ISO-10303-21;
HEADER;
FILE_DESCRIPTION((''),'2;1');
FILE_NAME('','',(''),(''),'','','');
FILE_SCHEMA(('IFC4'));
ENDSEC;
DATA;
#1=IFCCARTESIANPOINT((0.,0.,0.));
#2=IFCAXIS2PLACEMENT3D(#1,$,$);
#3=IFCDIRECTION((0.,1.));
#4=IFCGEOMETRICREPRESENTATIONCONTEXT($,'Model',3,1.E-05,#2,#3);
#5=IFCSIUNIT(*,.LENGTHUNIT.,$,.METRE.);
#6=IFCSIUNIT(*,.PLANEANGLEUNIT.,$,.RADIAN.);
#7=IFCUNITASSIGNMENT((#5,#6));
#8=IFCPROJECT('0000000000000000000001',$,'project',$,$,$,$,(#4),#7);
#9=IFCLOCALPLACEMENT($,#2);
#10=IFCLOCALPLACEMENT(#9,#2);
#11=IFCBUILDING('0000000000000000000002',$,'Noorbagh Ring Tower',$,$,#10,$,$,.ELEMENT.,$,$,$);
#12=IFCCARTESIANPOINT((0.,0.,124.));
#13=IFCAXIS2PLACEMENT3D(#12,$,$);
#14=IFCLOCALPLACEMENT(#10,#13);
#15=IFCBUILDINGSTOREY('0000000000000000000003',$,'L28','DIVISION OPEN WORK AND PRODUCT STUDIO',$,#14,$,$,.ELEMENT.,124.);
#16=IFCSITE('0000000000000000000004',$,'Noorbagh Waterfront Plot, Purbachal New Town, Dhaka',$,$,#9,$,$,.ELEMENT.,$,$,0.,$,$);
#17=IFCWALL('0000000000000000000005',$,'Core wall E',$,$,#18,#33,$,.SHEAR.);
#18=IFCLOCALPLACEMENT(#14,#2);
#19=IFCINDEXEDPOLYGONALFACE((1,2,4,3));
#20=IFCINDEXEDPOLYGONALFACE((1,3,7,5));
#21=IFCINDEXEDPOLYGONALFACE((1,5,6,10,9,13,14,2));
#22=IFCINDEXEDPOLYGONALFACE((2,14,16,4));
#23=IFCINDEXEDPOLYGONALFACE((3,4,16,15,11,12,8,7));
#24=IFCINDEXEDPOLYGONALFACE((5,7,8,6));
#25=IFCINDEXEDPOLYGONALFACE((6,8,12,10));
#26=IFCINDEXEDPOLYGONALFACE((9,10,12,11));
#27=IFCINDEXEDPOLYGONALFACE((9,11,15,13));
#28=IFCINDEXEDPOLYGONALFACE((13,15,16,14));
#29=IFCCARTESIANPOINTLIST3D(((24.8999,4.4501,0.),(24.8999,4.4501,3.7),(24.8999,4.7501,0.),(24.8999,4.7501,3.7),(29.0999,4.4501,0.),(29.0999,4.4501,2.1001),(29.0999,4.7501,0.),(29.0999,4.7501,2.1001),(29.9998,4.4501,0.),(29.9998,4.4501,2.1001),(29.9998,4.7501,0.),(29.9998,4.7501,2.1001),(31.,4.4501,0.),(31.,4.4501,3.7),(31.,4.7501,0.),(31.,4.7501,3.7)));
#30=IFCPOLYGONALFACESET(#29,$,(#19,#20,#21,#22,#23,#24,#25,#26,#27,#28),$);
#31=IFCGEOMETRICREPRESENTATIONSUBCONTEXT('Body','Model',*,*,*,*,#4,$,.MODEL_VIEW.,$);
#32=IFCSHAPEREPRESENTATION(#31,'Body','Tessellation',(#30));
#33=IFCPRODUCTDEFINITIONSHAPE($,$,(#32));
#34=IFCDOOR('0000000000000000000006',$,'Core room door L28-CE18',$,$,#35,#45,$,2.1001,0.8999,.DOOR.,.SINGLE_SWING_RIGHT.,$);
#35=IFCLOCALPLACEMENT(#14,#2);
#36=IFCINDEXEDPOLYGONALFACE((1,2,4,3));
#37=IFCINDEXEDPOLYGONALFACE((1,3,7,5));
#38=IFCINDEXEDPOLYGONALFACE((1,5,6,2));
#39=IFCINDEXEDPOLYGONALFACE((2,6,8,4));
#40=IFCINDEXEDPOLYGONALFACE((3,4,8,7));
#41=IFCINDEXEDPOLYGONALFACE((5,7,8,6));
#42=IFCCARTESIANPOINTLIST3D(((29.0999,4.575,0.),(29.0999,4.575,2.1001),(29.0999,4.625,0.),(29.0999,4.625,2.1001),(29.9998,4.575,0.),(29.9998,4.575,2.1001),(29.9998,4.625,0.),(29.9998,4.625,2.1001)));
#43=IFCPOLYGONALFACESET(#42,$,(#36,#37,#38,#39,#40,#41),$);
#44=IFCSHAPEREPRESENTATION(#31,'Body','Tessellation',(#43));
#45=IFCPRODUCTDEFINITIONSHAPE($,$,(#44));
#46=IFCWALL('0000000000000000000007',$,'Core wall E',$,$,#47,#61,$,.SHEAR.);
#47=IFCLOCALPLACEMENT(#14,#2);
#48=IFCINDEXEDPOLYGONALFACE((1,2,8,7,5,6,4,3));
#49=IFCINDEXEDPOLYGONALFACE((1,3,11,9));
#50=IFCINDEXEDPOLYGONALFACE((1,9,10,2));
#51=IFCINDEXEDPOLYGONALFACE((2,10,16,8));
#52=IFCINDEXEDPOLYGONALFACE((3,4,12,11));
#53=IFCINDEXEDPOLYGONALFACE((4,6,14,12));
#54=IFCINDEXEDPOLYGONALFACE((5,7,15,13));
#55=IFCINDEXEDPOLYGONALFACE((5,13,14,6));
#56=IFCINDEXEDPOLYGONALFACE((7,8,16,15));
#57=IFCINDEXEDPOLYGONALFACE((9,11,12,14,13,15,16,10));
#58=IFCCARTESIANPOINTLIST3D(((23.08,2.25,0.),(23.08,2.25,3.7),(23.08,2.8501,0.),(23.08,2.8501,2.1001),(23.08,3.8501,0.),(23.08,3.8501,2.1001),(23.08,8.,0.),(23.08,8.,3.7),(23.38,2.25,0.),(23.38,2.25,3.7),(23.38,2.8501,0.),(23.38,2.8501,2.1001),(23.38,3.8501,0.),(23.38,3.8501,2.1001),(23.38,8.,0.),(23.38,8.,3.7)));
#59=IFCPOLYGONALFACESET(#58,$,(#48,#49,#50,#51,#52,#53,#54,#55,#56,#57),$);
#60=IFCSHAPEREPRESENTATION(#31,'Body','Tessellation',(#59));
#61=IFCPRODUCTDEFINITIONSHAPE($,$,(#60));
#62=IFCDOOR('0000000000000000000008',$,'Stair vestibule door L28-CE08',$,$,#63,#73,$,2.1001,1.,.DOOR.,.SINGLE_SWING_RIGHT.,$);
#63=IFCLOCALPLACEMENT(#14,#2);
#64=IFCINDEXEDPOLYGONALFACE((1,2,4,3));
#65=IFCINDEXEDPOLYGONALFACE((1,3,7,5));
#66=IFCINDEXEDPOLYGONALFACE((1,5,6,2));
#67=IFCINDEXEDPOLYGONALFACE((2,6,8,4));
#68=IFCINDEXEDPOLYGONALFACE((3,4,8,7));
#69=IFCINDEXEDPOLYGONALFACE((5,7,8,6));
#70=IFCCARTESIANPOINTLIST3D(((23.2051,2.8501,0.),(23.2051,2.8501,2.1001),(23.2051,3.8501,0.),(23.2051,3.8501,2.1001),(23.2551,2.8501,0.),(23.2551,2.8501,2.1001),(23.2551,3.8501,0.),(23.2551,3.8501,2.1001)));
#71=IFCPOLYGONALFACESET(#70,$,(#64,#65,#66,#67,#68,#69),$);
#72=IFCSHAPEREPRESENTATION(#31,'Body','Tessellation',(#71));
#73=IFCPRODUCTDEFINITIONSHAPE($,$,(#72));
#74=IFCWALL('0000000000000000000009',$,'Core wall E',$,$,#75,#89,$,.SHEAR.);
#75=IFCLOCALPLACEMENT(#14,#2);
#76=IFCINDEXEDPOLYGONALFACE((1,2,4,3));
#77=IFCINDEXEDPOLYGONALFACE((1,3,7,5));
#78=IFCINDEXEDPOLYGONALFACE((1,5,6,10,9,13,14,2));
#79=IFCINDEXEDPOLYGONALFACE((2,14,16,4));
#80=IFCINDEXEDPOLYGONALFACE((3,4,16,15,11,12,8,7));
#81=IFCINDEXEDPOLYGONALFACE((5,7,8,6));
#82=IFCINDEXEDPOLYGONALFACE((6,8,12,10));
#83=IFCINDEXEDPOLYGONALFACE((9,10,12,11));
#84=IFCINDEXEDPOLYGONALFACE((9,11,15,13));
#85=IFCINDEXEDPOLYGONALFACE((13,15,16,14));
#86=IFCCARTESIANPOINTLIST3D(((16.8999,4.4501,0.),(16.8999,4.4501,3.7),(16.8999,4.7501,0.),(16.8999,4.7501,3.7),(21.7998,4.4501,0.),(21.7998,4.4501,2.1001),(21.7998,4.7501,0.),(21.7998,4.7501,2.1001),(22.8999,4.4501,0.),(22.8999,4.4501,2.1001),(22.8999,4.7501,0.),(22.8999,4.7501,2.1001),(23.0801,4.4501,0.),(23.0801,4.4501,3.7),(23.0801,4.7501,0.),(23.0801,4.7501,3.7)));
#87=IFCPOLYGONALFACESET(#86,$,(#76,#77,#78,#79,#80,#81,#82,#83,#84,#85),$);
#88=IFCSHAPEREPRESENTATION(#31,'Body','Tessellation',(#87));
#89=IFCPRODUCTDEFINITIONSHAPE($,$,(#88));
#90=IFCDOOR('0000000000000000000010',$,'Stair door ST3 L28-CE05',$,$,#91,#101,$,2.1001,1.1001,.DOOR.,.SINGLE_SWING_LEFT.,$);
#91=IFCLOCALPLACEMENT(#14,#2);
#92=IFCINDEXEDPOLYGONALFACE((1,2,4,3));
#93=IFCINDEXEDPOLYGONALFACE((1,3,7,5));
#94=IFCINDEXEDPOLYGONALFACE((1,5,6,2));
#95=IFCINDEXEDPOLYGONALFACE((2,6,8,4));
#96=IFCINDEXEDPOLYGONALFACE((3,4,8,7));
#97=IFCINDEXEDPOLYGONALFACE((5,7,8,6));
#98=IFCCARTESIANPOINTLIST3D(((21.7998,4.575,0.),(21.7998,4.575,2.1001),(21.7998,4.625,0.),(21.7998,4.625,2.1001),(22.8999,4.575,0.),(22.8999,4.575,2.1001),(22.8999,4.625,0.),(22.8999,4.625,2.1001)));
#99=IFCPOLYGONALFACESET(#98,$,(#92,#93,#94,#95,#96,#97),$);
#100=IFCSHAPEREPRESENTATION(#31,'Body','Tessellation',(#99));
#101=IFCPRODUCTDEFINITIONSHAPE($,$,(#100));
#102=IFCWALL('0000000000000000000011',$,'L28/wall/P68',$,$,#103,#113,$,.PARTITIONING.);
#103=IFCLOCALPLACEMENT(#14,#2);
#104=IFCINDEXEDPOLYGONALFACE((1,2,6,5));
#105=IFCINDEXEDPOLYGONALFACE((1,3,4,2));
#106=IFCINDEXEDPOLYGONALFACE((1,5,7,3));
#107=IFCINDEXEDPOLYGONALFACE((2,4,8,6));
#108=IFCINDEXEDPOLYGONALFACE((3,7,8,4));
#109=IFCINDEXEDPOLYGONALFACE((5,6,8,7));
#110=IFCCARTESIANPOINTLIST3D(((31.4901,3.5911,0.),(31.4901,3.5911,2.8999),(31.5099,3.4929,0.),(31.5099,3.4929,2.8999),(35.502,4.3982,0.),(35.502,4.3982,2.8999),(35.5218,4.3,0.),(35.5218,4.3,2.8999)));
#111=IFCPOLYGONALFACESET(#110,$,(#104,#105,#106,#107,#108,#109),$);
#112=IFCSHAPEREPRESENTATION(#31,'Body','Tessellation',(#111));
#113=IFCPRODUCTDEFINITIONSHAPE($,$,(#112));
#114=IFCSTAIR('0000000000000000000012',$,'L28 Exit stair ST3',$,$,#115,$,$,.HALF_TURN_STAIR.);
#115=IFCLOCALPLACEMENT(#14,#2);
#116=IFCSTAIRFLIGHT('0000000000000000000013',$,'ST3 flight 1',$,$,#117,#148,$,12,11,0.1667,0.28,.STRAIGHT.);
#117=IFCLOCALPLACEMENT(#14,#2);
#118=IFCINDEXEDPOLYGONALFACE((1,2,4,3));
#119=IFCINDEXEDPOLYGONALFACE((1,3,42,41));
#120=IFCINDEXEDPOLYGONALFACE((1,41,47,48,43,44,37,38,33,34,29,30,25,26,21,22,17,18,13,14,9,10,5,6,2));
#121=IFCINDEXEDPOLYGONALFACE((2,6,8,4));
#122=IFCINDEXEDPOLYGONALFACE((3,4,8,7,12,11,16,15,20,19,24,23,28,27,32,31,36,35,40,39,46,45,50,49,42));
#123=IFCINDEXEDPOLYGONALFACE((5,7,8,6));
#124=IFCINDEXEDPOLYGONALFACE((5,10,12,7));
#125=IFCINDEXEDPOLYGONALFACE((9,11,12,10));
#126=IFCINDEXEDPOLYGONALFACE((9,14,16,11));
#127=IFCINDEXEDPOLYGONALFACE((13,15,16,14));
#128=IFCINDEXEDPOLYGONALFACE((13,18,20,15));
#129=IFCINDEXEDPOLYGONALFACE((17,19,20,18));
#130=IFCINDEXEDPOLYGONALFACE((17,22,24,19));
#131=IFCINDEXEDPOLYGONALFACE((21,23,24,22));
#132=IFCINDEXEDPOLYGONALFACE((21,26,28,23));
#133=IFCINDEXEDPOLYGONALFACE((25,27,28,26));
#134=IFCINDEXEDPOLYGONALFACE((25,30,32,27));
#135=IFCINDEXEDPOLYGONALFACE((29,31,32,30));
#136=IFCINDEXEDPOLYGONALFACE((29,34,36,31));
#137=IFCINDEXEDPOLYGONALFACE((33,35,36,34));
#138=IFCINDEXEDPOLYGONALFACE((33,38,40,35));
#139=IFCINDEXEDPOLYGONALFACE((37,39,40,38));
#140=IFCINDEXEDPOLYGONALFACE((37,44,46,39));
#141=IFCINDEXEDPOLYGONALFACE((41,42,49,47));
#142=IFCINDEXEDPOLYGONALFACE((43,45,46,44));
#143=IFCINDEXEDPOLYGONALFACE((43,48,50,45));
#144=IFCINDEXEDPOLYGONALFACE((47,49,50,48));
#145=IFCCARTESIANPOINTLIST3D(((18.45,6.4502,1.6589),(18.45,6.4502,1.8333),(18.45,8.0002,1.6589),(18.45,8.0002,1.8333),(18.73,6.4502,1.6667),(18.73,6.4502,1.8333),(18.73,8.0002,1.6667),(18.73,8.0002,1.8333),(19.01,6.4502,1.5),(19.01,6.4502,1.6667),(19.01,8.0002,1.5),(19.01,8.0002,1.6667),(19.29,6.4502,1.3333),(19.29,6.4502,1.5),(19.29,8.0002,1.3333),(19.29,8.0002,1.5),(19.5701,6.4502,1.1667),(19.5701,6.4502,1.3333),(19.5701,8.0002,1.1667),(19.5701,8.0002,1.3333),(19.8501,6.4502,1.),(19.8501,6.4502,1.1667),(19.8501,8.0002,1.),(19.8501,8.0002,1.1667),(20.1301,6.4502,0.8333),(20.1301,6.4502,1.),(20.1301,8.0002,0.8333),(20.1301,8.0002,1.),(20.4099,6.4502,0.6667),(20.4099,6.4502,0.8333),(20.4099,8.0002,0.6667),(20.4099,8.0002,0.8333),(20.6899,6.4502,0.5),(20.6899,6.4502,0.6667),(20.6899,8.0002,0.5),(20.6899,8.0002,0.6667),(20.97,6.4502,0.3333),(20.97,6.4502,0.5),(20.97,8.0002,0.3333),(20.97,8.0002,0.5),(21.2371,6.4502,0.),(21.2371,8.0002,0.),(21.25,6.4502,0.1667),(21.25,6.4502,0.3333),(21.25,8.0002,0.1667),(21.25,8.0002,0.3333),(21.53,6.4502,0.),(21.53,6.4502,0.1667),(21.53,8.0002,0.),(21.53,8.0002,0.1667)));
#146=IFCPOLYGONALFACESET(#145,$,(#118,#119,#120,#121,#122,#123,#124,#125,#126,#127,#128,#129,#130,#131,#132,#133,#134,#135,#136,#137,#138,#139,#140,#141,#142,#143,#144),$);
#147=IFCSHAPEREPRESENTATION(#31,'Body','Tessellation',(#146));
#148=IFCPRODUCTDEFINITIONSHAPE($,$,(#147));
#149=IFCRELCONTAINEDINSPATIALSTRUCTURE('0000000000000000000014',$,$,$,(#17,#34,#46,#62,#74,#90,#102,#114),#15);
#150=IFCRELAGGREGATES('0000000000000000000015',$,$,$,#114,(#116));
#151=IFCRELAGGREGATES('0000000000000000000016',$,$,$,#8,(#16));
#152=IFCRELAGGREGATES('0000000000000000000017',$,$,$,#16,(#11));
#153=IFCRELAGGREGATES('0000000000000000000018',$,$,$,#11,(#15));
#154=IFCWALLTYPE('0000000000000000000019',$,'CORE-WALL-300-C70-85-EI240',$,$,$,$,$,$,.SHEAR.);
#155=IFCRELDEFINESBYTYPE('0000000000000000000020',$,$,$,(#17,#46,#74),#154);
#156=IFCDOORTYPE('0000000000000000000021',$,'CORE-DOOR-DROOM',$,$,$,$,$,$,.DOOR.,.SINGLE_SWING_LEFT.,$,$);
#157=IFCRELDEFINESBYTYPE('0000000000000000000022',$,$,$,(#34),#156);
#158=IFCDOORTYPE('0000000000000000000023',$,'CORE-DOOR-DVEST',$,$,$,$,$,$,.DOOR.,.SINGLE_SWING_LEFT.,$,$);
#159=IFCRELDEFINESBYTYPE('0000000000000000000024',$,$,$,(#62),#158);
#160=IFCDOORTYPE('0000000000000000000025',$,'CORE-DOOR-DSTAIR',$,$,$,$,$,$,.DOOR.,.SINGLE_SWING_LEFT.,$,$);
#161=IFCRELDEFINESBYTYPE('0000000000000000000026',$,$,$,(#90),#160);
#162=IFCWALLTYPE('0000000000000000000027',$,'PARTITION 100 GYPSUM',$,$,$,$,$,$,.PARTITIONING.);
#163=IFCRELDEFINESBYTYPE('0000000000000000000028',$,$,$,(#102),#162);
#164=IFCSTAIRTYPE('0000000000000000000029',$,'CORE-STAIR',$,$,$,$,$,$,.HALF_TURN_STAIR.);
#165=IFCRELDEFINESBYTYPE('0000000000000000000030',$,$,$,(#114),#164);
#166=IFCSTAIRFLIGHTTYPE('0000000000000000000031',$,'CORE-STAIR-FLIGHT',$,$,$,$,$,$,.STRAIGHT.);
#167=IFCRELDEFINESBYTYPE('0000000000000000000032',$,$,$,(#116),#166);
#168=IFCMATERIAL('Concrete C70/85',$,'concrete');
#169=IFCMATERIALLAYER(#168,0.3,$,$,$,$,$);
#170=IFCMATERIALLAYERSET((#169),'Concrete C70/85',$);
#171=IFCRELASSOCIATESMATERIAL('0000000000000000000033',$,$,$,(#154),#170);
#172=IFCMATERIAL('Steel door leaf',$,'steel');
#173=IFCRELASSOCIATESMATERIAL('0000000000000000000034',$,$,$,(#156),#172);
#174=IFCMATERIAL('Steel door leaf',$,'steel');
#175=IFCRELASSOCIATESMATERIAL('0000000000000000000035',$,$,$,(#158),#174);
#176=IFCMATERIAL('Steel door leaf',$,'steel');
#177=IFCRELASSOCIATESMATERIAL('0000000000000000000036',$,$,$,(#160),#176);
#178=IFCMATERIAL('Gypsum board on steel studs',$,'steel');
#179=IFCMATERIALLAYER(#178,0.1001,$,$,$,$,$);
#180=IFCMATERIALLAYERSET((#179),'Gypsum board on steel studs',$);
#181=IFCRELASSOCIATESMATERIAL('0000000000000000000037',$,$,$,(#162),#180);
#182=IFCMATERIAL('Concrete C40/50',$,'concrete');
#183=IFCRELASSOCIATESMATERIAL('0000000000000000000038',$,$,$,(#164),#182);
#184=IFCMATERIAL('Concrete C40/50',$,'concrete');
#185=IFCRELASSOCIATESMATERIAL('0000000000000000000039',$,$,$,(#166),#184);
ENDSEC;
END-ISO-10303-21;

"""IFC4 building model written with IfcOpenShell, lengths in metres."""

from ifc_helpers import new_model, si_unit, direction, frame, frame_2d, origin, place, context, subcontext, project, spatial, polyline, rectangle, outline, extrude, material, layer, layer_set, type_object, element, fill, aggregate, save


model = new_model("IFC4")

# Units and contexts
model_context = context("Model", 3, precision=1e-05, world=origin(), true_north=direction((0.0, 1.0)))
body_context = subcontext(model_context, "Body", "Model", "MODEL_VIEW")
ifc_project = project(units=[si_unit("LENGTHUNIT", "METRE"), si_unit("PLANEANGLEUNIT", "RADIAN")], contexts=[model_context])

# Site, building, storey
site_placement = place(None, origin())
site = spatial("IfcSite", under=ifc_project, at=site_placement, Name="Noorbagh Waterfront Plot, Purbachal New Town, Dhaka", CompositionType="ELEMENT", RefElevation=0.0)
building_placement = place(site_placement, origin())
building = spatial("IfcBuilding", under=site, at=building_placement, Name="Noorbagh Ring Tower", CompositionType="ELEMENT")
storey_placement = place(building_placement, frame((0.0, 0.0, 124.0)))
storey = spatial("IfcBuildingStorey", under=building, at=storey_placement, Name="L28", Description="DIVISION OPEN WORK AND PRODUCT STUDIO", CompositionType="ELEMENT", Elevation=124.0)

# Walls, openings, doors
ifc_material_1 = material(Name="Concrete C70/85", Category="concrete")
ifc_layer_1 = layer(ifc_material_1, 0.3)
ifc_layer_set_1 = layer_set([ifc_layer_1], Name="Concrete C70/85")
wall_type_1 = type_object("IfcWallType", Name="CORE-WALL-300-C70-85-EI240", PredefinedType="SHEAR", material=ifc_layer_set_1)
wall_1_placement = place(storey_placement, frame((24.8999, 4.6001, 0.0), z_axis=(0.0, 0.0, 1.0), x_axis=(1.0, 0.0, 0.0)))
wall_1 = element("IfcWall", 1, at=wall_1_placement, inside=storey, type_object=wall_type_1, Name="Core wall E", PredefinedType="SHEAR", context=body_context, shape_type="SweptSolid", body=[
    extrude(rectangle(XDim=6.1001, YDim=0.3, at=frame_2d((3.05, 0.0))), origin(), (0.0, 0.0, 1.0), 3.7),
])
opening_1_placement = place(wall_1_placement, frame((4.2, 0.0, 0.0)))
opening_1 = element("IfcOpeningElement", 2, at=opening_1_placement, cuts=wall_1, PredefinedType="OPENING", context=body_context, shape_type="SweptSolid", body=[
    extrude(rectangle(XDim=0.8999, YDim=2.1001, at=frame_2d((0.45, 1.05))), frame((0.0, 0.1602, 0.0), z_axis=(0.0, -1.0, 0.0), x_axis=(1.0, 0.0, 0.0)), (0.0, 0.0, 1.0), 0.3201),
])
ifc_material_2 = material(Name="Steel door leaf", Category="steel")
door_type_1 = type_object("IfcDoorType", Name="CORE-DOOR-DROOM", OperationType="SINGLE_SWING_LEFT", PredefinedType="DOOR", material=ifc_material_2)
door_1_placement = place(opening_1_placement, origin())
door_1 = element("IfcDoor", 3, at=door_1_placement, inside=storey, type_object=door_type_1, Name="Core room door L28-CE18", OperationType="SINGLE_SWING_RIGHT", OverallHeight=2.1001, OverallWidth=0.8999, PredefinedType="DOOR", context=body_context, shape_type="SweptSolid", body=[
    extrude(rectangle(XDim=0.8999, YDim=2.1001, at=frame_2d((0.45, 1.05))), frame((0.0, 0.0249, 0.0), z_axis=(0.0, -1.0, 0.0), x_axis=(1.0, 0.0, 0.0)), (0.0, 0.0, 1.0), 0.05),
])
fill(opening_1, door_1)
wall_2_placement = place(storey_placement, frame((23.23, 2.25, 0.0), z_axis=(0.0, 0.0, 1.0), x_axis=(0.0, 1.0, 0.0)))
wall_2 = element("IfcWall", 4, at=wall_2_placement, inside=storey, type_object=wall_type_1, Name="Core wall E", PredefinedType="SHEAR", context=body_context, shape_type="SweptSolid", body=[
    extrude(rectangle(XDim=5.75, YDim=0.3, at=frame_2d((2.875, 0.0))), origin(), (0.0, 0.0, 1.0), 3.7),
])
opening_2_placement = place(wall_2_placement, frame((0.6001, 0.0, 0.0)))
opening_2 = element("IfcOpeningElement", 5, at=opening_2_placement, cuts=wall_2, PredefinedType="OPENING", context=body_context, shape_type="SweptSolid", body=[
    extrude(rectangle(XDim=1.0, YDim=2.1001, at=frame_2d((0.5, 1.05))), frame((0.0, 0.1602, 0.0), z_axis=(0.0, -1.0, 0.0), x_axis=(1.0, 0.0, 0.0)), (0.0, 0.0, 1.0), 0.3201),
])
ifc_material_3 = material(Name="Steel door leaf", Category="steel")
door_type_2 = type_object("IfcDoorType", Name="CORE-DOOR-DVEST", OperationType="SINGLE_SWING_LEFT", PredefinedType="DOOR", material=ifc_material_3)
door_2_placement = place(opening_2_placement, origin())
door_2 = element("IfcDoor", 6, at=door_2_placement, inside=storey, type_object=door_type_2, Name="Stair vestibule door L28-CE08", OperationType="SINGLE_SWING_RIGHT", OverallHeight=2.1001, OverallWidth=1.0, PredefinedType="DOOR", context=body_context, shape_type="SweptSolid", body=[
    extrude(rectangle(XDim=1.0, YDim=2.1001, at=frame_2d((0.5, 1.05))), frame((0.0, 0.0249, 0.0), z_axis=(0.0, -1.0, 0.0), x_axis=(1.0, 0.0, 0.0)), (0.0, 0.0, 1.0), 0.05),
])
fill(opening_2, door_2)
wall_3_placement = place(storey_placement, frame((16.8999, 4.6001, 0.0), z_axis=(0.0, 0.0, 1.0), x_axis=(1.0, 0.0, 0.0)))
wall_3 = element("IfcWall", 7, at=wall_3_placement, inside=storey, type_object=wall_type_1, Name="Core wall E", PredefinedType="SHEAR", context=body_context, shape_type="SweptSolid", body=[
    extrude(rectangle(XDim=6.1802, YDim=0.3, at=frame_2d((3.0901, 0.0))), origin(), (0.0, 0.0, 1.0), 3.7),
])
opening_3_placement = place(wall_3_placement, frame((4.8999, 0.0, 0.0)))
opening_3 = element("IfcOpeningElement", 8, at=opening_3_placement, cuts=wall_3, PredefinedType="OPENING", context=body_context, shape_type="SweptSolid", body=[
    extrude(rectangle(XDim=1.1001, YDim=2.1001, at=frame_2d((0.55, 1.05))), frame((0.0, 0.1602, 0.0), z_axis=(0.0, -1.0, 0.0), x_axis=(1.0, 0.0, 0.0)), (0.0, 0.0, 1.0), 0.3201),
])
ifc_material_4 = material(Name="Steel door leaf", Category="steel")
door_type_3 = type_object("IfcDoorType", Name="CORE-DOOR-DSTAIR", OperationType="SINGLE_SWING_LEFT", PredefinedType="DOOR", material=ifc_material_4)
door_3_placement = place(opening_3_placement, origin())
door_3 = element("IfcDoor", 9, at=door_3_placement, inside=storey, type_object=door_type_3, Name="Stair door ST3 L28-CE05", OperationType="SINGLE_SWING_LEFT", OverallHeight=2.1001, OverallWidth=1.1001, PredefinedType="DOOR", context=body_context, shape_type="SweptSolid", body=[
    extrude(rectangle(XDim=1.1001, YDim=2.1001, at=frame_2d((0.55, 1.05))), frame((0.0, 0.0249, 0.0), z_axis=(0.0, -1.0, 0.0), x_axis=(1.0, 0.0, 0.0)), (0.0, 0.0, 1.0), 0.05),
])
fill(opening_3, door_3)

# Wall
ifc_material_5 = material(Name="Gypsum board on steel studs", Category="steel")
ifc_layer_2 = layer(ifc_material_5, 0.1001)
ifc_layer_set_2 = layer_set([ifc_layer_2], Name="Gypsum board on steel studs")
wall_type_2 = type_object("IfcWallType", Name="PARTITION 100 GYPSUM", PredefinedType="PARTITIONING", material=ifc_layer_set_2)
wall_4_placement = place(storey_placement, frame((31.5, 3.542, 0.0), z_axis=(0.0, 0.0, 1.0), x_axis=(0.980357, 0.197229, 0.0)))
element("IfcWall", 10, at=wall_4_placement, inside=storey, type_object=wall_type_2, Name="L28/wall/P68", PredefinedType="PARTITIONING", context=body_context, shape_type="SweptSolid", body=[
    extrude(rectangle(XDim=4.0923, YDim=0.1001, at=frame_2d((2.0461, 0.0))), origin(), (0.0, 0.0, 1.0), 2.8999),
])

# Stair, stair flight
ifc_material_6 = material(Name="Concrete C40/50", Category="concrete")
stair_type = type_object("IfcStairType", Name="CORE-STAIR", PredefinedType="HALF_TURN_STAIR", material=ifc_material_6)
stair_placement = place(storey_placement, origin())
stair = element("IfcStair", 11, at=stair_placement, inside=storey, type_object=stair_type, Name="L28 Exit stair ST3", PredefinedType="HALF_TURN_STAIR")
ifc_material_7 = material(Name="Concrete C40/50", Category="concrete")
stair_flight_type = type_object("IfcStairFlightType", Name="CORE-STAIR-FLIGHT", PredefinedType="STRAIGHT", material=ifc_material_7)
stair_flight_1_placement = place(storey_placement, frame((21.53, 7.2251, 0.0), z_axis=(0.0, 0.0, 1.0), x_axis=(-1.0, 0.0, 0.0)))
stair_flight_1 = element("IfcStairFlight", 12, at=stair_flight_1_placement, type_object=stair_flight_type, Name="ST3 flight 1", NumberOfRisers=12, NumberOfTreads=11, PredefinedType="STRAIGHT", RiserHeight=0.1667, TreadLength=0.28, context=body_context, shape_type="SweptSolid", body=[
    extrude(outline(polyline([(0.0, 0.0), (0.0, 0.1667), (0.28, 0.1667), (0.28, 0.3333), (0.5601, 0.3333), (0.5601, 0.5), (0.8401, 0.5), (0.8401, 0.6667), (1.1201, 0.6667), (1.1201, 0.8333), (1.3999, 0.8333), (1.3999, 1.0), (1.6799, 1.0), (1.6799, 1.1667), (1.96, 1.1667), (1.96, 1.3333), (2.24, 1.3333), (2.24, 1.5), (2.52, 1.5), (2.52, 1.6667), (2.8, 1.6667), (2.8, 1.8333), (3.0801, 1.8333), (3.0801, 2.0), (3.0801, 1.6589), (0.293, 0.0), (0.0, 0.0)])), frame((0.0, 0.7749, 0.0), z_axis=(0.0, -1.0, 0.0), x_axis=(1.0, 0.0, 0.0)), (0.0, 0.0, 1.0), 1.55),
])
aggregate(stair, [stair_flight_1])

save(model, "model.ifc")
